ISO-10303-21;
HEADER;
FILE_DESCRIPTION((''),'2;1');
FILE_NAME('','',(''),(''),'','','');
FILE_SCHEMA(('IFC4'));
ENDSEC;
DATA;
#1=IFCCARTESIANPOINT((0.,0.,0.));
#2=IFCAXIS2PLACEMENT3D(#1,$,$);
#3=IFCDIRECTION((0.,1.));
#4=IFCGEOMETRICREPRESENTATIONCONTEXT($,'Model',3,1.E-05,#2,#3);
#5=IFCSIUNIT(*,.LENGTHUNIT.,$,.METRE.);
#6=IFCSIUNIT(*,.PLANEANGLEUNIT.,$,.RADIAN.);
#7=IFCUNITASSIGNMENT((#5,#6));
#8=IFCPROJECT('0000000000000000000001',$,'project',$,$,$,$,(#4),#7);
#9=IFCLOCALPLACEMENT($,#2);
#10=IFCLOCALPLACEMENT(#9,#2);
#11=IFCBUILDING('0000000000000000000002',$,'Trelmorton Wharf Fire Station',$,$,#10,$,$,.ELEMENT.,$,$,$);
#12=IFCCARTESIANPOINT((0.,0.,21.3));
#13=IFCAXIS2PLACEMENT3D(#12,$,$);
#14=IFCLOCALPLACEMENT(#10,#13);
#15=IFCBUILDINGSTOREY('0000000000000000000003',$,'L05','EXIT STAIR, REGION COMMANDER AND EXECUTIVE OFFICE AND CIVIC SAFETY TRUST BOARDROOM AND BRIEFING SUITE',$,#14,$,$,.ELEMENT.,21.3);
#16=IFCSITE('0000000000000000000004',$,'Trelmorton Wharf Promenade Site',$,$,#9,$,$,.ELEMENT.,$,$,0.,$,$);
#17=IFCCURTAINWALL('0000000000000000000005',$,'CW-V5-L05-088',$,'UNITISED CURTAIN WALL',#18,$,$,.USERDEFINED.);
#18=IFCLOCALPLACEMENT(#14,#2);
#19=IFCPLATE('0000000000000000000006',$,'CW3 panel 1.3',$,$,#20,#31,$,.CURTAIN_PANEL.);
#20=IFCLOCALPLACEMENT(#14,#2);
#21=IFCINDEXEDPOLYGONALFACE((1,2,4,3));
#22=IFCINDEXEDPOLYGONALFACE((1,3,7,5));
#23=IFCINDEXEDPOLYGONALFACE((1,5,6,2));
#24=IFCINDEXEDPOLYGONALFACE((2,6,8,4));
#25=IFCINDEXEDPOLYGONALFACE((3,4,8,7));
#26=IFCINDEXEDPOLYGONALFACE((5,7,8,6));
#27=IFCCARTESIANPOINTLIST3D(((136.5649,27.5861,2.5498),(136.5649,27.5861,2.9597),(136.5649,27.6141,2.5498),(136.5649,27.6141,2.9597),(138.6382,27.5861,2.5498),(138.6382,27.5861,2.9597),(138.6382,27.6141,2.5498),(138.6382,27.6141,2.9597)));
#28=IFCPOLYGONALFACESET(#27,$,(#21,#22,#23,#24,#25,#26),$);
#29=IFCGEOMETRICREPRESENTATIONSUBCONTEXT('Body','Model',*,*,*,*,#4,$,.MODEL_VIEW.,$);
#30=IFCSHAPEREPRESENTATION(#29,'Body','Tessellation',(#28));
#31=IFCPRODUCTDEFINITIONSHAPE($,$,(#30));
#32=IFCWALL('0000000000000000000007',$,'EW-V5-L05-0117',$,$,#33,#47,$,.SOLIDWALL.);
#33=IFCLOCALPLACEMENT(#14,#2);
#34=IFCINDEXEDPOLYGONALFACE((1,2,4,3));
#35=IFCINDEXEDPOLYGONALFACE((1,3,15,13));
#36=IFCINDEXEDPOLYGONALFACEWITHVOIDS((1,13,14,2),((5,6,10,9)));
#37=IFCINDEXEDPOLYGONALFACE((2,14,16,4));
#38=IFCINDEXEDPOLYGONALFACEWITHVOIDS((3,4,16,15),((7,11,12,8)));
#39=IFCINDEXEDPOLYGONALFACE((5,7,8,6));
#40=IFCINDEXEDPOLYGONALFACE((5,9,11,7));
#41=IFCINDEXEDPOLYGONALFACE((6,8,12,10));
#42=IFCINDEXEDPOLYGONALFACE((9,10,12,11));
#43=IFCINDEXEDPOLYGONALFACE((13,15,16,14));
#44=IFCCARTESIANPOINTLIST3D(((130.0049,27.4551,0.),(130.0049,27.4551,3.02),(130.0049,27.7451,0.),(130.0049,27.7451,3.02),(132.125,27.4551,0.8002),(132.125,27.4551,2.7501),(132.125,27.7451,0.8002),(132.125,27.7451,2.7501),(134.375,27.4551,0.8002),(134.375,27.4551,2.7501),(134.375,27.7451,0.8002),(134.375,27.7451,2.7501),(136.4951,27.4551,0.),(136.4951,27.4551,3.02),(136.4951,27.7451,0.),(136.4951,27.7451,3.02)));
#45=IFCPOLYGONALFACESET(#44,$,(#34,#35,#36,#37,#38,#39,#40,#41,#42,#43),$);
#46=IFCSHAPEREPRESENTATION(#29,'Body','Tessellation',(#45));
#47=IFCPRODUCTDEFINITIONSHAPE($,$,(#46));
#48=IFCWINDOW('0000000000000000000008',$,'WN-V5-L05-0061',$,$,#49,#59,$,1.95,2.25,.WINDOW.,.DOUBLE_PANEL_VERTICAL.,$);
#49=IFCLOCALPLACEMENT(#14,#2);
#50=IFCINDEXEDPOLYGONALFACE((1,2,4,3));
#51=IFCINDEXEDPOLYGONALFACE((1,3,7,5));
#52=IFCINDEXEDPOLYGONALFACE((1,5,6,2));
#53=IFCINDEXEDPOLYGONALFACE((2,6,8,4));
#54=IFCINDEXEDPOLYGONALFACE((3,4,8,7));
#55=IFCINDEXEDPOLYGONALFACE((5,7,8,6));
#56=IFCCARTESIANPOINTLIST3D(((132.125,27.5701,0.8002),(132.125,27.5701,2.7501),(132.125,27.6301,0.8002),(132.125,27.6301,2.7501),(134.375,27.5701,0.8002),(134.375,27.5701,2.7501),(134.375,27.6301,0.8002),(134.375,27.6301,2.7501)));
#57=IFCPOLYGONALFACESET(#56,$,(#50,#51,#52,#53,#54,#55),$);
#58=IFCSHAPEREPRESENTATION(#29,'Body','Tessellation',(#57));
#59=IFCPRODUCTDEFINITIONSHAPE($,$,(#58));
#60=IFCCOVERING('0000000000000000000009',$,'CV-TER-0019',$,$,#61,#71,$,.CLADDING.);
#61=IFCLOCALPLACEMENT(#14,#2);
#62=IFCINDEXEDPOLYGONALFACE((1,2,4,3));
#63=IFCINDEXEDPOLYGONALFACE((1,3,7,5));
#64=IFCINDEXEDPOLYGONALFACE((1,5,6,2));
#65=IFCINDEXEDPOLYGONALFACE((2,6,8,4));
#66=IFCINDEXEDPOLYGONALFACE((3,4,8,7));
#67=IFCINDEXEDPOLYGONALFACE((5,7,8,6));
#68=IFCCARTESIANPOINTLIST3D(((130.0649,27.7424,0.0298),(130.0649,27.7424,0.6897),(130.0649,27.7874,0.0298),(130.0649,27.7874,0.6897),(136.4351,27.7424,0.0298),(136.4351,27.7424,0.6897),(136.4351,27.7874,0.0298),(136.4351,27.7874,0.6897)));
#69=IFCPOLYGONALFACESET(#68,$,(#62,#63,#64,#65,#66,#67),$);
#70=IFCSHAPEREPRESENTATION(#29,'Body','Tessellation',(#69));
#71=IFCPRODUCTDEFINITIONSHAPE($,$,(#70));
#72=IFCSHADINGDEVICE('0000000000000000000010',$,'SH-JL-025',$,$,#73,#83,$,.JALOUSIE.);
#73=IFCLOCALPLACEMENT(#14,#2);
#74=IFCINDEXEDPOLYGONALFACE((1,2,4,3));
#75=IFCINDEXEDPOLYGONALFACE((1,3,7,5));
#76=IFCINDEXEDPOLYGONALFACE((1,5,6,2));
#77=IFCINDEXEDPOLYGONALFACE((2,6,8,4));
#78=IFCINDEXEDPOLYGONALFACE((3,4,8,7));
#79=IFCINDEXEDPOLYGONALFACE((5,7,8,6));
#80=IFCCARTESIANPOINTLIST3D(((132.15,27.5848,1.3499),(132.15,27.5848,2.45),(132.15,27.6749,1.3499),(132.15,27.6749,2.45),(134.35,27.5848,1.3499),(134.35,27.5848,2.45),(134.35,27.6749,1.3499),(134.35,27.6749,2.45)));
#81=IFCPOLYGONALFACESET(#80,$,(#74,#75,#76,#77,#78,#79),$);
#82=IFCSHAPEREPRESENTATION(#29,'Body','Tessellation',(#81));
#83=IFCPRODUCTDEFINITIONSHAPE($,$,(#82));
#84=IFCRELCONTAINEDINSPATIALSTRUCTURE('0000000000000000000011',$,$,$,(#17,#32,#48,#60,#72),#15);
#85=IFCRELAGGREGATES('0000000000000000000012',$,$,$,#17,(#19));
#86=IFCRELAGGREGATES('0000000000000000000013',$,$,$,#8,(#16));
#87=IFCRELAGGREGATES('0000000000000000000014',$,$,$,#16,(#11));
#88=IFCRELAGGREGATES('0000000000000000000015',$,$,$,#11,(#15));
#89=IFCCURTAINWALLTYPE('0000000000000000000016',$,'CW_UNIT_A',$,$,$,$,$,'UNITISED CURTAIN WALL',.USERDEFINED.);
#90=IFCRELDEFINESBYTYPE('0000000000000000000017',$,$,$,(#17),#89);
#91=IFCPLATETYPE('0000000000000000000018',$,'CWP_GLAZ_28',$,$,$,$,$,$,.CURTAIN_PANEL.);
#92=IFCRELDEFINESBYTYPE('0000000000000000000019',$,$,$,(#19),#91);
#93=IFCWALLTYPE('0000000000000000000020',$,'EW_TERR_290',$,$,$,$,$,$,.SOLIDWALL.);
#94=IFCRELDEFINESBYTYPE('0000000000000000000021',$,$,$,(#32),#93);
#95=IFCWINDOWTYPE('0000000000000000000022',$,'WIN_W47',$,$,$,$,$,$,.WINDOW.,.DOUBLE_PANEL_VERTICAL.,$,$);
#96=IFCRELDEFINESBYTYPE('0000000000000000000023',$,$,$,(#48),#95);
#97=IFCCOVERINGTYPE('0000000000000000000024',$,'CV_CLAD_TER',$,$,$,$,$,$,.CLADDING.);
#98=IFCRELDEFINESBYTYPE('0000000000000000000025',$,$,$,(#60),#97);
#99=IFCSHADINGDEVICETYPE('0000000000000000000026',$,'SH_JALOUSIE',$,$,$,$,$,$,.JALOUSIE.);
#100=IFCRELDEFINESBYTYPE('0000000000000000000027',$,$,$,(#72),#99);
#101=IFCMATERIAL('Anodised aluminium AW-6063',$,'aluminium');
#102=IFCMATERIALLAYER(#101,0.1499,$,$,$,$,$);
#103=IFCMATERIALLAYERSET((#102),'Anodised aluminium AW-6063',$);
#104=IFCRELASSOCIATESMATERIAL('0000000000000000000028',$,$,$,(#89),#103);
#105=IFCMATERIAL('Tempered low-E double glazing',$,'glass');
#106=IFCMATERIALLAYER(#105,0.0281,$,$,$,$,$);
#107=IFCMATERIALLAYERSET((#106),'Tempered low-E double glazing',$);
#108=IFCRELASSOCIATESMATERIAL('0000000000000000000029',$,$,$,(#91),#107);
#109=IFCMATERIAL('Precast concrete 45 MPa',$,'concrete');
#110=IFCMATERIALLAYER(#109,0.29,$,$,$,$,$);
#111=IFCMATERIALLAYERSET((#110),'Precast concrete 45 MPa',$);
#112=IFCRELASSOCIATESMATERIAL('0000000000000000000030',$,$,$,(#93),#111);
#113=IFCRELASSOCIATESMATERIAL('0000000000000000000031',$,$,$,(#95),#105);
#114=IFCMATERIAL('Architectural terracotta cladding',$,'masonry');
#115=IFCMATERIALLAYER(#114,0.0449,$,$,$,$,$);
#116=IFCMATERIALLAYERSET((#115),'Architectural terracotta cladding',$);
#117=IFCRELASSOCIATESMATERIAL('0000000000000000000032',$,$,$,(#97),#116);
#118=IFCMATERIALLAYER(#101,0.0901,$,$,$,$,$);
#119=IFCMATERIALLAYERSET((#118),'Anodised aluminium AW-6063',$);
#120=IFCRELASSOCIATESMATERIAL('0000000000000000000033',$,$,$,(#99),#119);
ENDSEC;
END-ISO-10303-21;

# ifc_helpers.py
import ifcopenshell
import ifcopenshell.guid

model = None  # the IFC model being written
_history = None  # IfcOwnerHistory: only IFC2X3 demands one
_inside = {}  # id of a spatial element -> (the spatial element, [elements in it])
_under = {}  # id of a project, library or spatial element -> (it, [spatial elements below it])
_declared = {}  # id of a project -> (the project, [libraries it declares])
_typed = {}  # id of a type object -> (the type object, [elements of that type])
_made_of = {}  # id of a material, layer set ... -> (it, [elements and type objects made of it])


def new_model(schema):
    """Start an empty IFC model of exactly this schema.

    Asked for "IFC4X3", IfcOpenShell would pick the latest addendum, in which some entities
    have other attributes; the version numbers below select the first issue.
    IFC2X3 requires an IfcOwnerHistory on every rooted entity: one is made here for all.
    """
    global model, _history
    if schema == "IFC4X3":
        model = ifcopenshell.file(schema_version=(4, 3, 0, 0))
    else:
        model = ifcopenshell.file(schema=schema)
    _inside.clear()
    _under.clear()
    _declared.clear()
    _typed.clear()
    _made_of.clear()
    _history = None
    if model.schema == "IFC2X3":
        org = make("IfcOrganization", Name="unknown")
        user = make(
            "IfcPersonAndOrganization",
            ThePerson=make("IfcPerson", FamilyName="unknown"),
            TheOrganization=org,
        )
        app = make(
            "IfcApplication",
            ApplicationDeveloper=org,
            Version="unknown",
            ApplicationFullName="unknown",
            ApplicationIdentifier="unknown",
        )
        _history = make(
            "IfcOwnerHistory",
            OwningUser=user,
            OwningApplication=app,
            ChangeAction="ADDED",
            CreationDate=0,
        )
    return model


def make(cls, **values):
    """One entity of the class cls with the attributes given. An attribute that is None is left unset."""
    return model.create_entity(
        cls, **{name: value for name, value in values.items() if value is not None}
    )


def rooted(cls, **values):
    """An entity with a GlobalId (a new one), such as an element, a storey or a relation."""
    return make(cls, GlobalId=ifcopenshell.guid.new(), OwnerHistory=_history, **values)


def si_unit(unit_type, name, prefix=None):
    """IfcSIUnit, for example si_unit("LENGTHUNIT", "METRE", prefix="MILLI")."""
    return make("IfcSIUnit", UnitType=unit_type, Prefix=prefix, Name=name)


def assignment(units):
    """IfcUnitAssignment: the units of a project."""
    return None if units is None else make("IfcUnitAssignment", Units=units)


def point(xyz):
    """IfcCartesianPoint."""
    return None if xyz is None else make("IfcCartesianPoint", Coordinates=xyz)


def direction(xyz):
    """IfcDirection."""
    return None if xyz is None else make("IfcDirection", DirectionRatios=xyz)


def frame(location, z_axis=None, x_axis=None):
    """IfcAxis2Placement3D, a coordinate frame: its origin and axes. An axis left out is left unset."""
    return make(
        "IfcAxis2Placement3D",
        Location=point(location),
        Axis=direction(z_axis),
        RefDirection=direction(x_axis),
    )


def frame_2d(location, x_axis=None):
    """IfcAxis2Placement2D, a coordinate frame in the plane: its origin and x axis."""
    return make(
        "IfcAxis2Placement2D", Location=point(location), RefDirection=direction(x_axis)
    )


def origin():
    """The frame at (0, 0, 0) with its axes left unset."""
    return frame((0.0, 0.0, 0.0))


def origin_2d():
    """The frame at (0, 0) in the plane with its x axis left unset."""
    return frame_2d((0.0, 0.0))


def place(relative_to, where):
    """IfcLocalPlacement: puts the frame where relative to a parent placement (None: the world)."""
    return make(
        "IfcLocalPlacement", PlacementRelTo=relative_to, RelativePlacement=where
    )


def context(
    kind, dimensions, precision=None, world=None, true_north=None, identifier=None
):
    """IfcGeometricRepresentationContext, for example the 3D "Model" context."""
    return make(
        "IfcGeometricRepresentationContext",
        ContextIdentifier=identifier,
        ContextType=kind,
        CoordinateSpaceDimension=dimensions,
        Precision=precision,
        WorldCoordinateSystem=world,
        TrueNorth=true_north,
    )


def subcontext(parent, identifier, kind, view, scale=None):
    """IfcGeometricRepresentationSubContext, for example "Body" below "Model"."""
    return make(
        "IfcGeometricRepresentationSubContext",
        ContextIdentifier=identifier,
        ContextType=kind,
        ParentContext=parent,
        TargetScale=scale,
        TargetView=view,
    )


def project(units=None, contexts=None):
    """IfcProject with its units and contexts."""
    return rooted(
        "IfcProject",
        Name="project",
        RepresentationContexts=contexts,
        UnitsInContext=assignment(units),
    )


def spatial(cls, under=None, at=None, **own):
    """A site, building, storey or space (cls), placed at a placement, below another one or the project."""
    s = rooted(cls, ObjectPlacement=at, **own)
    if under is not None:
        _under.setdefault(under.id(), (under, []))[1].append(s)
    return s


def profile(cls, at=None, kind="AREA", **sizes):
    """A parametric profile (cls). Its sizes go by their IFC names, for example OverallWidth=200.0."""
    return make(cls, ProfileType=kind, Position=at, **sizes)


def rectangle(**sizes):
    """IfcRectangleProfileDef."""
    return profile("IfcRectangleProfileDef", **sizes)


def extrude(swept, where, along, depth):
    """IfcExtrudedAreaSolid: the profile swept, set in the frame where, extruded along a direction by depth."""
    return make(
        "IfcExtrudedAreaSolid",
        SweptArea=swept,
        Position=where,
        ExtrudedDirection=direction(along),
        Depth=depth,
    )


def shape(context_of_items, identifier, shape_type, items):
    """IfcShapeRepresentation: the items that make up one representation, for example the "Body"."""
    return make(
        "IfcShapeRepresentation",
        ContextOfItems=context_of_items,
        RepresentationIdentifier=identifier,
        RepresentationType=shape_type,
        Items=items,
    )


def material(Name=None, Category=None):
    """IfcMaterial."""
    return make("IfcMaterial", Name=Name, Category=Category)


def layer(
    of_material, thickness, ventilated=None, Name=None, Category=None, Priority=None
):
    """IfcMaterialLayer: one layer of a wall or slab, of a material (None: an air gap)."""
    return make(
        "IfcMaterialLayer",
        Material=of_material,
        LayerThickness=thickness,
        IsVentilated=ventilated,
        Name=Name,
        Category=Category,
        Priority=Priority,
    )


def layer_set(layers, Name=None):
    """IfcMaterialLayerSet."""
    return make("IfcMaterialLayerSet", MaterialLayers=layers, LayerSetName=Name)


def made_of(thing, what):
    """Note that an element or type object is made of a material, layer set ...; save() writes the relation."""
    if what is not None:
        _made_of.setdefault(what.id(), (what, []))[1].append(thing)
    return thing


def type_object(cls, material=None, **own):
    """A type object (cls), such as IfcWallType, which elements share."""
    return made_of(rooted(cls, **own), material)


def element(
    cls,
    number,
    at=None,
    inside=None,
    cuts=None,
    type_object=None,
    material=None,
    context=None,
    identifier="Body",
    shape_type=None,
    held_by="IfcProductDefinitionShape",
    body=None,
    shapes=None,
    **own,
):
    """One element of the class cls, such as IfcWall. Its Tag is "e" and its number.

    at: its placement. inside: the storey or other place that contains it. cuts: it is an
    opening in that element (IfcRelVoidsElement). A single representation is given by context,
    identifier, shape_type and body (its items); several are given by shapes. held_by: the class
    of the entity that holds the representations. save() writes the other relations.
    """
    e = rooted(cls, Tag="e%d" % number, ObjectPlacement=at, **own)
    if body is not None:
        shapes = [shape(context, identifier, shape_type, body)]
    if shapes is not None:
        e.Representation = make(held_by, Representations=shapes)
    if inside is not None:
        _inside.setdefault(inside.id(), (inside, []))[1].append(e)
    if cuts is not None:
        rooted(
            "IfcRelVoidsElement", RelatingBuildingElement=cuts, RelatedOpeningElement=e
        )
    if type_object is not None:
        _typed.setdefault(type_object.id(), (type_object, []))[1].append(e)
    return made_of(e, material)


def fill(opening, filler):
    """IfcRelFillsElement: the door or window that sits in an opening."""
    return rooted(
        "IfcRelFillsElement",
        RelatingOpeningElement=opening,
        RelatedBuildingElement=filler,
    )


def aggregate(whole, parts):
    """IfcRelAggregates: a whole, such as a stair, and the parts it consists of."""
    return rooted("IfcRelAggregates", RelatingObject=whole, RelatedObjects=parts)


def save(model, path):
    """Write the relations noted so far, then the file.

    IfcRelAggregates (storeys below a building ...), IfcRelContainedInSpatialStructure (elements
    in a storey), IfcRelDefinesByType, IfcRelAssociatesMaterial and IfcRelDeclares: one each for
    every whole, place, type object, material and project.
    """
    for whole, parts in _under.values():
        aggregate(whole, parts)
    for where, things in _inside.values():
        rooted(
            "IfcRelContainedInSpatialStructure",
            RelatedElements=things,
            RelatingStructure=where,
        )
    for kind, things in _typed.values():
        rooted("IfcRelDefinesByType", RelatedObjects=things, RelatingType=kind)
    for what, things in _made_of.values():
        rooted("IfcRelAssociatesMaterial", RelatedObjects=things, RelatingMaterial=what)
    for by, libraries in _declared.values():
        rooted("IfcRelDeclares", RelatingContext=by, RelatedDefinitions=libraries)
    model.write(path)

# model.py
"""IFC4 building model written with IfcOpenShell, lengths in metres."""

from ifc_helpers import new_model, si_unit, direction, frame, frame_2d, origin, origin_2d, place, context, subcontext, project, spatial, rectangle, extrude, material, layer, layer_set, type_object, element, fill, aggregate, save


model = new_model("IFC4")

# Units and contexts
model_context = context("Model", 3, precision=1e-05, world=origin(), true_north=direction((0.0, 1.0)))
body_context = subcontext(model_context, "Body", "Model", "MODEL_VIEW")
ifc_project = project(units=[si_unit("LENGTHUNIT", "METRE"), si_unit("PLANEANGLEUNIT", "RADIAN")], contexts=[model_context])

# Site, building, storey
site_placement = place(None, origin())
site = spatial("IfcSite", under=ifc_project, at=site_placement, Name="Trelmorton Wharf Promenade Site", CompositionType="ELEMENT", RefElevation=0.0)
building_placement = place(site_placement, origin())
building = spatial("IfcBuilding", under=site, at=building_placement, Name="Trelmorton Wharf Fire Station", CompositionType="ELEMENT")
storey_placement = place(building_placement, frame((0.0, 0.0, 21.3)))
storey = spatial("IfcBuildingStorey", under=building, at=storey_placement, Name="L05", Description="EXIT STAIR, REGION COMMANDER AND EXECUTIVE OFFICE AND CIVIC SAFETY TRUST BOARDROOM AND BRIEFING SUITE", CompositionType="ELEMENT", Elevation=21.3)

# Curtain wall
ifc_material_1 = material(Name="Anodised aluminium AW-6063", Category="aluminium")
ifc_layer_1 = layer(ifc_material_1, 0.1499)
ifc_layer_set_1 = layer_set([ifc_layer_1], Name="Anodised aluminium AW-6063")
curtain_wall_type = type_object("IfcCurtainWallType", Name="CW_UNIT_A", ElementType="UNITISED CURTAIN WALL", PredefinedType="USERDEFINED", material=ifc_layer_set_1)
curtain_wall_placement = place(storey_placement, origin())
curtain_wall = element("IfcCurtainWall", 1, at=curtain_wall_placement, inside=storey, type_object=curtain_wall_type, Name="CW-V5-L05-088", ObjectType="UNITISED CURTAIN WALL", PredefinedType="USERDEFINED")

# Plate
ifc_material_2 = material(Name="Tempered low-E double glazing", Category="glass")
ifc_layer_2 = layer(ifc_material_2, 0.0281)
ifc_layer_set_2 = layer_set([ifc_layer_2], Name="Tempered low-E double glazing")
plate_type = type_object("IfcPlateType", Name="CWP_GLAZ_28", PredefinedType="CURTAIN_PANEL", material=ifc_layer_set_2)
plate_1_placement = place(storey_placement, frame((137.6016, 27.6001, 2.5498), z_axis=(0.0, 0.0, 1.0), x_axis=(1.0, 0.0, 0.0)))
plate_1 = element("IfcPlate", 2, at=plate_1_placement, type_object=plate_type, Name="CW3 panel 1.3", PredefinedType="CURTAIN_PANEL", context=body_context, shape_type="SweptSolid", body=[
    extrude(rectangle(XDim=2.0732, YDim=0.0281, at=origin_2d()), origin(), (0.0, 0.0, 1.0), 0.4099),
])
aggregate(curtain_wall, [plate_1])

# Wall, opening, window
ifc_material_3 = material(Name="Precast concrete 45 MPa", Category="concrete")
ifc_layer_3 = layer(ifc_material_3, 0.29)
ifc_layer_set_3 = layer_set([ifc_layer_3], Name="Precast concrete 45 MPa")
wall_type = type_object("IfcWallType", Name="EW_TERR_290", PredefinedType="SOLIDWALL", material=ifc_layer_set_3)
wall_placement = place(storey_placement, frame((130.0049, 27.6001, 0.0), z_axis=(0.0, 0.0, 1.0), x_axis=(1.0, 0.0, 0.0)))
wall = element("IfcWall", 3, at=wall_placement, inside=storey, type_object=wall_type, Name="EW-V5-L05-0117", PredefinedType="SOLIDWALL", context=body_context, shape_type="SweptSolid", body=[
    extrude(rectangle(XDim=6.4902, YDim=0.29, at=frame_2d((3.2451, 0.0))), origin(), (0.0, 0.0, 1.0), 3.02),
])
opening_placement = place(wall_placement, frame((2.1201, 0.0, 0.8)))
opening = element("IfcOpeningElement", 4, at=opening_placement, cuts=wall, PredefinedType="OPENING", context=body_context, shape_type="SweptSolid", body=[
    extrude(rectangle(XDim=2.25, YDim=1.95, at=frame_2d((1.125, 0.9751))), frame((0.0, 0.155, 0.0), z_axis=(0.0, -1.0, 0.0), x_axis=(1.0, 0.0, 0.0)), (0.0, 0.0, 1.0), 0.3101),
])
window_type = type_object("IfcWindowType", Name="WIN_W47", PartitioningType="DOUBLE_PANEL_VERTICAL", PredefinedType="WINDOW", material=ifc_material_2)
window_placement = place(opening_placement, origin())
window = element("IfcWindow", 5, at=window_placement, inside=storey, type_object=window_type, Name="WN-V5-L05-0061", OverallHeight=1.95, OverallWidth=2.25, PartitioningType="DOUBLE_PANEL_VERTICAL", PredefinedType="WINDOW", context=body_context, shape_type="SweptSolid", body=[
    extrude(rectangle(XDim=2.25, YDim=1.95, at=frame_2d((1.125, 0.9751))), frame((0.0, 0.03, 0.0), z_axis=(0.0, -1.0, 0.0), x_axis=(1.0, 0.0, 0.0)), (0.0, 0.0, 1.0), 0.0601),
])
fill(opening, window)

# Covering
ifc_material_4 = material(Name="Architectural terracotta cladding", Category="masonry")
ifc_layer_4 = layer(ifc_material_4, 0.0449)
ifc_layer_set_4 = layer_set([ifc_layer_4], Name="Architectural terracotta cladding")
covering_type = type_object("IfcCoveringType", Name="CV_CLAD_TER", PredefinedType="CLADDING", material=ifc_layer_set_4)
covering_placement = place(storey_placement, frame((133.25, 27.7649, 0.0298), z_axis=(0.0, 0.0, 1.0), x_axis=(1.0, 0.0, 0.0)))
element("IfcCovering", 6, at=covering_placement, inside=storey, type_object=covering_type, Name="CV-TER-0019", PredefinedType="CLADDING", context=body_context, shape_type="SweptSolid", body=[
    extrude(rectangle(XDim=6.3701, YDim=0.0449, at=origin_2d()), origin(), (0.0, 0.0, 1.0), 0.6599),
])

# Shading device
ifc_layer_5 = layer(ifc_material_1, 0.0901)
ifc_layer_set_5 = layer_set([ifc_layer_5], Name="Anodised aluminium AW-6063")
shading_device_type = type_object("IfcShadingDeviceType", Name="SH_JALOUSIE", PredefinedType="JALOUSIE", material=ifc_layer_set_5)
shading_device_placement = place(storey_placement, frame((133.25, 27.6299, 1.3499), z_axis=(0.0, 0.0, 1.0), x_axis=(1.0, 0.0, 0.0)))
element("IfcShadingDevice", 7, at=shading_device_placement, inside=storey, type_object=shading_device_type, Name="SH-JL-025", PredefinedType="JALOUSIE", context=body_context, shape_type="SweptSolid", body=[
    extrude(rectangle(XDim=2.2, YDim=0.0901, at=origin_2d()), origin(), (0.0, 0.0, 1.0), 1.1001),
])

save(model, "model.ifc")
